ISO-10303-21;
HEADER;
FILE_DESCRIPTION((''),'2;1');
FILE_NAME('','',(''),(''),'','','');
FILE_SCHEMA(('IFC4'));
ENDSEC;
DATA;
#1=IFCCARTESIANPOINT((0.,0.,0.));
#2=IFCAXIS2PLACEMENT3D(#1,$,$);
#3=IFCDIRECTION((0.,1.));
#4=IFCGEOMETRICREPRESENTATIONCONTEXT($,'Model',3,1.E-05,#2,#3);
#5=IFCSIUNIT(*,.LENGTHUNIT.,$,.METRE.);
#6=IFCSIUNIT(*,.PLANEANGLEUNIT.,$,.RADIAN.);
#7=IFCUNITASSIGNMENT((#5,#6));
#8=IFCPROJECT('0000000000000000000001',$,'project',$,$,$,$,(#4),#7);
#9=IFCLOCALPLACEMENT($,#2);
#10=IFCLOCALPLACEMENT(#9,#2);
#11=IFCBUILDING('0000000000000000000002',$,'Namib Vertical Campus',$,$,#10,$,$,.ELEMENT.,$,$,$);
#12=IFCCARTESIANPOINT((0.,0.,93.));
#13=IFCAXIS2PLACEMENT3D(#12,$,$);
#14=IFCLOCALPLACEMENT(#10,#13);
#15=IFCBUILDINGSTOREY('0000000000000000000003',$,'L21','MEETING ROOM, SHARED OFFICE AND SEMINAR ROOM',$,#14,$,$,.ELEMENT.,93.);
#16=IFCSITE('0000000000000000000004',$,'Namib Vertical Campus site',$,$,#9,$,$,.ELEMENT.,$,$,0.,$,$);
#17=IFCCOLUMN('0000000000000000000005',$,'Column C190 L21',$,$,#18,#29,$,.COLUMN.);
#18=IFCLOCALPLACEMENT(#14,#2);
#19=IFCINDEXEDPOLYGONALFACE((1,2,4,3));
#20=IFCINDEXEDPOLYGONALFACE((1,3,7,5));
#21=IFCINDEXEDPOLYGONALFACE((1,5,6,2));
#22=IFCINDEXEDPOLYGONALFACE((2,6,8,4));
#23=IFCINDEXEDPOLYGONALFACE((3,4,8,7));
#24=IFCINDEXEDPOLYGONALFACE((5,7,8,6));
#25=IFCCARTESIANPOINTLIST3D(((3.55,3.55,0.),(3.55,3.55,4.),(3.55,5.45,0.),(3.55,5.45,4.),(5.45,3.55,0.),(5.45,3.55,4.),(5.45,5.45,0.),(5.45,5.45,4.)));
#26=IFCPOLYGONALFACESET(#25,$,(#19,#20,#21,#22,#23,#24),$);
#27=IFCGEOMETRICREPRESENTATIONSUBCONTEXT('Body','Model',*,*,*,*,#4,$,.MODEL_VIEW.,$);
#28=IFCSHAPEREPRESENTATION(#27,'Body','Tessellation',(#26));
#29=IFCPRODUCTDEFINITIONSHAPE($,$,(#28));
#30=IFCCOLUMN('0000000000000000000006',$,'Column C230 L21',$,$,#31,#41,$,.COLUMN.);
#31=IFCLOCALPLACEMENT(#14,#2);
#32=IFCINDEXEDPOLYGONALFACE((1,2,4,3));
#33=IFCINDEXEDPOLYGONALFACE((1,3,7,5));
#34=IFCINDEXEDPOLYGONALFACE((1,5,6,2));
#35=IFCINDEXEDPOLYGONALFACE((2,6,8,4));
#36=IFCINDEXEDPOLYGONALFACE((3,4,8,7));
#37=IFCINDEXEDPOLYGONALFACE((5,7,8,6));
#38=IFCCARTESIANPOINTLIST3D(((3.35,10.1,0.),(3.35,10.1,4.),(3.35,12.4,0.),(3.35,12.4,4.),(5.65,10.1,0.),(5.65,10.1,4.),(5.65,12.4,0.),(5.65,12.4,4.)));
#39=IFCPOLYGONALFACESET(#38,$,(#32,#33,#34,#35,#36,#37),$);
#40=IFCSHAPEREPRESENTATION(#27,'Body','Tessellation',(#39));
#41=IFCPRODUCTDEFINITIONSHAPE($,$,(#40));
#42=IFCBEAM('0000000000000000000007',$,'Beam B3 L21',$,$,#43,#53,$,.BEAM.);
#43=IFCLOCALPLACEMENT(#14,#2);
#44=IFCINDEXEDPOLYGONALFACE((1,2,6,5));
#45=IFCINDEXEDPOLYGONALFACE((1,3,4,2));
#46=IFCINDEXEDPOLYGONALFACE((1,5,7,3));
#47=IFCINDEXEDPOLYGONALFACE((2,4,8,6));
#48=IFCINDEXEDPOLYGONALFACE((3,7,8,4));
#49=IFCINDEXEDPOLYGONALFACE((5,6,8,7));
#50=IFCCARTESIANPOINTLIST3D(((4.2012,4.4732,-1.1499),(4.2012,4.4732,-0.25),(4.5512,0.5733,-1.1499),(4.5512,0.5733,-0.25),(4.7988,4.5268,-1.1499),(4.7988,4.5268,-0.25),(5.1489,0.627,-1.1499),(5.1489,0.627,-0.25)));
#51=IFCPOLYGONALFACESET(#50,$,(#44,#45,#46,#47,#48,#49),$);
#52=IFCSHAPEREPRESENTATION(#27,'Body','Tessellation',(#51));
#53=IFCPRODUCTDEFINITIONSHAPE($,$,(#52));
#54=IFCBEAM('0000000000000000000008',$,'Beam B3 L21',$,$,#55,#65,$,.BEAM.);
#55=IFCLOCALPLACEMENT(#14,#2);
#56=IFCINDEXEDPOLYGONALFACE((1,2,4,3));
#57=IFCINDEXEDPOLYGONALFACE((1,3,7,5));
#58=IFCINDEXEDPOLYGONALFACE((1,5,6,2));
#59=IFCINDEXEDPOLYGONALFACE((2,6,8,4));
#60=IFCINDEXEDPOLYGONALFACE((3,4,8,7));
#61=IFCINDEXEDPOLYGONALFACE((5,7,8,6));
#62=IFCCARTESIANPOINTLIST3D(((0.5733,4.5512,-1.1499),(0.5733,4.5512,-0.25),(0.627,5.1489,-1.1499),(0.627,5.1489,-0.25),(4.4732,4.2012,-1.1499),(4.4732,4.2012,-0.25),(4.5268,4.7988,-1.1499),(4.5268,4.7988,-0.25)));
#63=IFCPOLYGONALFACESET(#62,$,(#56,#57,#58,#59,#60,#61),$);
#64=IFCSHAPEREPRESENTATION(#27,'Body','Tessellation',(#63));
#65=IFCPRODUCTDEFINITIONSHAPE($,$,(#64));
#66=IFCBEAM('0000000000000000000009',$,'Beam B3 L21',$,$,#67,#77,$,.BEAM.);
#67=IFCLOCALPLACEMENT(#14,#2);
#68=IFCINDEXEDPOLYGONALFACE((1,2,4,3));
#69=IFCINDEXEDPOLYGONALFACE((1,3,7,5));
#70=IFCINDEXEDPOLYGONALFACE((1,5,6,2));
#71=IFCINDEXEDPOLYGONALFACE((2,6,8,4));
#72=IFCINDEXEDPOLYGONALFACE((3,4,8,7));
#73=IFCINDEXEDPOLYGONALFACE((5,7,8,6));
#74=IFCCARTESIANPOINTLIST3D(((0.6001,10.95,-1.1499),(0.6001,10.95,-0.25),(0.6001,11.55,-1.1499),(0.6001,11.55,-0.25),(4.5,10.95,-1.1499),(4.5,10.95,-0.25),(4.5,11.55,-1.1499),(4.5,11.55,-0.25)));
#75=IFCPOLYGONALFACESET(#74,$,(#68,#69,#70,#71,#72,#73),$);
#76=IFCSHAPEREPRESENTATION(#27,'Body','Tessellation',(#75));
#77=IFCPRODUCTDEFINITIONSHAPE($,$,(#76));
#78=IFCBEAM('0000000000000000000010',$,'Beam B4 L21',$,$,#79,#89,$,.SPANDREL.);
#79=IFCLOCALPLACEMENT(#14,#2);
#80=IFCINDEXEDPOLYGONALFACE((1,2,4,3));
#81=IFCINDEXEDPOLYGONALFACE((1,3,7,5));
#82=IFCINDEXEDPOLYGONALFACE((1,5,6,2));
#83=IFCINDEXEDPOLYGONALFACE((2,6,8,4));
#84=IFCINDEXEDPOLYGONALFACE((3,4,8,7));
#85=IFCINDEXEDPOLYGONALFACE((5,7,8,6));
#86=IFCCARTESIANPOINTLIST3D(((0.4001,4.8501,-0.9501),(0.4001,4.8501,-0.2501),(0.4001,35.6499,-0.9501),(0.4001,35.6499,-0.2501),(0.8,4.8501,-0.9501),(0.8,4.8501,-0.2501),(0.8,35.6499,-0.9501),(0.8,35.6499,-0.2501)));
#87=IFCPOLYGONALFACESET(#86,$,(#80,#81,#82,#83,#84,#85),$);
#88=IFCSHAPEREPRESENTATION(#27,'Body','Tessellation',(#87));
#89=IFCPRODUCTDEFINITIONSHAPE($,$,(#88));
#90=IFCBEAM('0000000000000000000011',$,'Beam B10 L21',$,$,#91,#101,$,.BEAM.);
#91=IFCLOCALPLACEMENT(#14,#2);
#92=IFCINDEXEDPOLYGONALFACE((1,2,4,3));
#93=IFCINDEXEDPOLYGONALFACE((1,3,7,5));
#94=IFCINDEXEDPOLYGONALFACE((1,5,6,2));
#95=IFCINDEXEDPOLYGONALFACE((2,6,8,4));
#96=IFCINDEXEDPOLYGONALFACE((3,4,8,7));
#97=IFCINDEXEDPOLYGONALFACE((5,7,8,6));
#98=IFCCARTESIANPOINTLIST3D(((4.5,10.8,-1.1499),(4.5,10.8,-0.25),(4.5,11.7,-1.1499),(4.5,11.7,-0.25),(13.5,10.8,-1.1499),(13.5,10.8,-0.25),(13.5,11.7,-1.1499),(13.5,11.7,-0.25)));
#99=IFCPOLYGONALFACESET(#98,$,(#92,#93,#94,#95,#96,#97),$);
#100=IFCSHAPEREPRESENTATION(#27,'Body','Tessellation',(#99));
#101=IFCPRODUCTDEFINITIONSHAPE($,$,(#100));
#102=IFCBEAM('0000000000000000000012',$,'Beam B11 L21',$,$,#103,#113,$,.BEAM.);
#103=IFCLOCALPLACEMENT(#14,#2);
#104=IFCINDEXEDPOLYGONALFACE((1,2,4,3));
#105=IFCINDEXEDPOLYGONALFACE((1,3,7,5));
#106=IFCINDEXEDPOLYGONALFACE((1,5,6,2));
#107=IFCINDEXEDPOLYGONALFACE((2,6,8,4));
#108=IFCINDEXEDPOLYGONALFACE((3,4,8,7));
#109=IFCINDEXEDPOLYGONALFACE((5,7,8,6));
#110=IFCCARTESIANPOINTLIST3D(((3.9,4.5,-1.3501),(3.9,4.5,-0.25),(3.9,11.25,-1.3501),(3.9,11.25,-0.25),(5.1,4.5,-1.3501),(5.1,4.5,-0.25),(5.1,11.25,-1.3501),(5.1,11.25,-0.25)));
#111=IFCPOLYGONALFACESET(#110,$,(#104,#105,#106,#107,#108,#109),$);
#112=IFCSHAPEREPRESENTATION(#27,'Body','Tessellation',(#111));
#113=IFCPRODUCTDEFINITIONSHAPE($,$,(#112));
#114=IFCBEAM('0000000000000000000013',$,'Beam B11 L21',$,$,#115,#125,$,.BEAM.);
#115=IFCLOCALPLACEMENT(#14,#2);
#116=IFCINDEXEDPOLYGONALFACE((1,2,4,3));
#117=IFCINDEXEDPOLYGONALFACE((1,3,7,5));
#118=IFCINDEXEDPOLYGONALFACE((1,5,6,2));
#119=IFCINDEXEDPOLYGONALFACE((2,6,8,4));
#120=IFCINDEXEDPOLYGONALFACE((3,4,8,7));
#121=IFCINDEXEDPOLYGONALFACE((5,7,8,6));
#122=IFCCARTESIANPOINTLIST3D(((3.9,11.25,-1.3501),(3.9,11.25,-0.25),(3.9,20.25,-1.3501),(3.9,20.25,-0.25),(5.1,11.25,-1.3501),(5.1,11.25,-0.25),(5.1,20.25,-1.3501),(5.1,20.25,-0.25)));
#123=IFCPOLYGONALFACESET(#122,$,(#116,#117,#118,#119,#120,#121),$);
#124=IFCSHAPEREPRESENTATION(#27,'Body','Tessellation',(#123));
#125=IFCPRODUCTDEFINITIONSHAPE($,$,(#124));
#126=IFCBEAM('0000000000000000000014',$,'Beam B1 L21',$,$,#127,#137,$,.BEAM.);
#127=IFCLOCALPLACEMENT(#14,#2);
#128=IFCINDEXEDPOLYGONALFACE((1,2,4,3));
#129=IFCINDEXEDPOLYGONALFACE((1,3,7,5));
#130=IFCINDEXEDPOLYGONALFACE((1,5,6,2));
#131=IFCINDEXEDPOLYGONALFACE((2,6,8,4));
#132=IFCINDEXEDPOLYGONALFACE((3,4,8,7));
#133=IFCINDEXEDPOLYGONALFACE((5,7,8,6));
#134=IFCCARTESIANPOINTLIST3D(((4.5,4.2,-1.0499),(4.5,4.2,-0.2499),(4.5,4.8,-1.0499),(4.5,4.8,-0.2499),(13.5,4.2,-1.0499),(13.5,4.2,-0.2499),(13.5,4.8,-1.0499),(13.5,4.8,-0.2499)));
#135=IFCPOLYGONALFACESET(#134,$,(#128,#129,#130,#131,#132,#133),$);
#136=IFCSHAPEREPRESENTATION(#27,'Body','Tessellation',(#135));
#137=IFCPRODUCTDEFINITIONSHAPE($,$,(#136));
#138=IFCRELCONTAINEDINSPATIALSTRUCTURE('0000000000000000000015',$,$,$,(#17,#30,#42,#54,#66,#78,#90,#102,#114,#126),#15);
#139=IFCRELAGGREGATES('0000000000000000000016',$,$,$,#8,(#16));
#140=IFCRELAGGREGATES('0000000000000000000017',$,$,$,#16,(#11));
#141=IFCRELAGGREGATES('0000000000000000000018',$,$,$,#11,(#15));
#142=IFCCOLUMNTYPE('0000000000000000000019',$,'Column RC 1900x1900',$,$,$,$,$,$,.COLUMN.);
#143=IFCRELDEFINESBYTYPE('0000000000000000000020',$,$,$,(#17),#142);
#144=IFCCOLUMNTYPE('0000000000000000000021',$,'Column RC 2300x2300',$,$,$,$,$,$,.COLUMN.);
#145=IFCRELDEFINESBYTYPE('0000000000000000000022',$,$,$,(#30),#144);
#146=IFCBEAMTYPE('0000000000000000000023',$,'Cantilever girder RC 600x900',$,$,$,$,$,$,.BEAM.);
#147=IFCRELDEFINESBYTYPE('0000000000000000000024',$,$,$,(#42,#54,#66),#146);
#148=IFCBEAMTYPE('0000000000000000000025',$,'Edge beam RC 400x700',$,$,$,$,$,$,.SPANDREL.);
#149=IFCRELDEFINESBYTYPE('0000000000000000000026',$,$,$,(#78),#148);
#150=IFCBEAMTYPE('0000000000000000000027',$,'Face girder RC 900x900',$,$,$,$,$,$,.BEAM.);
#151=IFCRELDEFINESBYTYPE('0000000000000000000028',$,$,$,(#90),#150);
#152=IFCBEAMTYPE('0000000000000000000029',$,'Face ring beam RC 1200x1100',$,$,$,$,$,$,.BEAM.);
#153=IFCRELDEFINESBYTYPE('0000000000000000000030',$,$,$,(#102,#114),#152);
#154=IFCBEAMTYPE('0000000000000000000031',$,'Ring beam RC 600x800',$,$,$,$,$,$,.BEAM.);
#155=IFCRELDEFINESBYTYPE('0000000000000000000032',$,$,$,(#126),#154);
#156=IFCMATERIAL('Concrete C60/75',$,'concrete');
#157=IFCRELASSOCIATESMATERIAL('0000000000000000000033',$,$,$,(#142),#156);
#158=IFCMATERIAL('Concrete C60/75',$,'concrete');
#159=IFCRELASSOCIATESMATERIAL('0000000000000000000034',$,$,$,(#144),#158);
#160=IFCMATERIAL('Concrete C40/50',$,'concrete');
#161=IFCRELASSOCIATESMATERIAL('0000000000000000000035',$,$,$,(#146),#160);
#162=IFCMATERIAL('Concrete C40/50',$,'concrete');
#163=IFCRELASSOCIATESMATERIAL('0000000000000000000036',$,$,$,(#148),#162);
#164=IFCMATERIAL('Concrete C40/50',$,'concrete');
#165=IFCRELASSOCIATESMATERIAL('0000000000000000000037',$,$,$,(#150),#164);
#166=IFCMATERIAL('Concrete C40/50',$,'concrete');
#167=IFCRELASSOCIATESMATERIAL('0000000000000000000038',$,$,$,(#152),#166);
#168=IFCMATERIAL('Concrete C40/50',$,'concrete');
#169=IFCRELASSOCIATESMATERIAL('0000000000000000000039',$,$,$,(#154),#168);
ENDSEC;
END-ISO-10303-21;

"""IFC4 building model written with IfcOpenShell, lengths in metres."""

from ifc_helpers import new_model, si_unit, direction, frame, origin, origin_2d, place, context, subcontext, project, spatial, rectangle, extrude, material, material_profile, profile_set, type_object, element, save


model = new_model("IFC4")

# Units and contexts
model_context = context("Model", 3, precision=1e-05, world=origin(), true_north=direction((0.0, 1.0)))
body_context = subcontext(model_context, "Body", "Model", "MODEL_VIEW")
ifc_project = project(units=[si_unit("LENGTHUNIT", "METRE"), si_unit("PLANEANGLEUNIT", "RADIAN")], contexts=[model_context])

# Site, building, storey
site_placement = place(None, origin())
site = spatial("IfcSite", under=ifc_project, at=site_placement, Name="Namib Vertical Campus site", CompositionType="ELEMENT", RefElevation=0.0)
building_placement = place(site_placement, origin())
building = spatial("IfcBuilding", under=site, at=building_placement, Name="Namib Vertical Campus", CompositionType="ELEMENT")
storey_placement = place(building_placement, frame((0.0, 0.0, 93.0)))
storey = spatial("IfcBuildingStorey", under=building, at=storey_placement, Name="L21", Description="MEETING ROOM, SHARED OFFICE AND SEMINAR ROOM", CompositionType="ELEMENT", Elevation=93.0)

# Columns
ifc_material_1 = material(Name="Concrete C60/75", Category="concrete")
ifc_material_profile_1 = material_profile(ifc_material_1, rectangle(XDim=1.8999, YDim=1.8999, at=origin_2d()))
ifc_profile_set_1 = profile_set([ifc_material_profile_1], Name="Concrete C60/75")
column_type_1 = type_object("IfcColumnType", Name="Column RC 1900x1900", PredefinedType="COLUMN", material=ifc_profile_set_1)
column_1_placement = place(storey_placement, frame((4.5, 4.5, 0.0), z_axis=(0.0, 0.0, 1.0), x_axis=(1.0, 0.0, 0.0)))
element("IfcColumn", 1, at=column_1_placement, inside=storey, type_object=column_type_1, Name="Column C190 L21", PredefinedType="COLUMN", context=body_context, shape_type="SweptSolid", body=[
    extrude(rectangle(XDim=1.8999, YDim=1.8999, at=origin_2d()), origin(), (0.0, 0.0, 1.0), 4.0),
])
ifc_material_2 = material(Name="Concrete C60/75", Category="concrete")
ifc_material_profile_2 = material_profile(ifc_material_2, rectangle(XDim=2.3, YDim=2.3, at=origin_2d()))
ifc_profile_set_2 = profile_set([ifc_material_profile_2], Name="Concrete C60/75")
column_type_2 = type_object("IfcColumnType", Name="Column RC 2300x2300", PredefinedType="COLUMN", material=ifc_profile_set_2)
column_2_placement = place(storey_placement, frame((4.5, 11.25, 0.0), z_axis=(0.0, 0.0, 1.0), x_axis=(1.0, 0.0, 0.0)))
element("IfcColumn", 2, at=column_2_placement, inside=storey, type_object=column_type_2, Name="Column C230 L21", PredefinedType="COLUMN", context=body_context, shape_type="SweptSolid", body=[
    extrude(rectangle(XDim=2.3, YDim=2.3, at=origin_2d()), origin(), (0.0, 0.0, 1.0), 4.0),
])

# Beams
ifc_material_3 = material(Name="Concrete C40/50", Category="concrete")
ifc_material_profile_3 = material_profile(ifc_material_3, rectangle(XDim=0.6001, YDim=0.8999, at=origin_2d()))
ifc_profile_set_3 = profile_set([ifc_material_profile_3], Name="Concrete C40/50")
beam_type_1 = type_object("IfcBeamType", Name="Cantilever girder RC 600x900", PredefinedType="BEAM", material=ifc_profile_set_3)
for number, where, z_axis, x_axis, name in (
    (3, (4.5, 4.5, -0.7), (0.089411, -0.995995, 0.0), (0.995995, 0.089411, 0.0), "Beam B3 L21"),
    (4, (4.5, 4.5, -0.7), (-0.995995, 0.089411, 0.0), (-0.089411, -0.995995, 0.0), "Beam B3 L21"),
):
    element("IfcBeam", number, at=place(storey_placement, frame(where, z_axis=z_axis, x_axis=x_axis)), inside=storey, type_object=beam_type_1, Name=name, PredefinedType="BEAM", context=body_context, shape_type="SweptSolid", body=[
        extrude(rectangle(XDim=0.6001, YDim=0.8999, at=origin_2d()), origin(), (0.0, 0.0, 1.0), 3.9155),
    ])
beam_1_placement = place(storey_placement, frame((4.5, 11.25, -0.7), z_axis=(-1.0, 0.0, 0.0), x_axis=(0.0, -1.0, 0.0)))
element("IfcBeam", 5, at=beam_1_placement, inside=storey, type_object=beam_type_1, Name="Beam B3 L21", PredefinedType="BEAM", context=body_context, shape_type="SweptSolid", body=[
    extrude(rectangle(XDim=0.6001, YDim=0.8999, at=origin_2d()), origin(), (0.0, 0.0, 1.0), 3.8999),
])
ifc_material_4 = material(Name="Concrete C40/50", Category="concrete")
ifc_material_profile_4 = material_profile(ifc_material_4, rectangle(XDim=0.3999, YDim=0.7, at=origin_2d()))
ifc_profile_set_4 = profile_set([ifc_material_profile_4], Name="Concrete C40/50")
beam_type_2 = type_object("IfcBeamType", Name="Edge beam RC 400x700", PredefinedType="SPANDREL", material=ifc_profile_set_4)
beam_2_placement = place(storey_placement, frame((0.6001, 4.8501, -0.6001), z_axis=(0.0, 1.0, 0.0), x_axis=(-1.0, 0.0, 0.0)))
element("IfcBeam", 6, at=beam_2_placement, inside=storey, type_object=beam_type_2, Name="Beam B4 L21", PredefinedType="SPANDREL", context=body_context, shape_type="SweptSolid", body=[
    extrude(rectangle(XDim=0.3999, YDim=0.7, at=origin_2d()), origin(), (0.0, 0.0, 1.0), 30.7998),
])
ifc_material_5 = material(Name="Concrete C40/50", Category="concrete")
ifc_material_profile_5 = material_profile(ifc_material_5, rectangle(XDim=0.8999, YDim=0.8999, at=origin_2d()))
ifc_profile_set_5 = profile_set([ifc_material_profile_5], Name="Concrete C40/50")
beam_type_3 = type_object("IfcBeamType", Name="Face girder RC 900x900", PredefinedType="BEAM", material=ifc_profile_set_5)
beam_3_placement = place(storey_placement, frame((4.5, 11.25, -0.7), z_axis=(1.0, 0.0, 0.0), x_axis=(0.0, 1.0, 0.0)))
element("IfcBeam", 7, at=beam_3_placement, inside=storey, type_object=beam_type_3, Name="Beam B10 L21", PredefinedType="BEAM", context=body_context, shape_type="SweptSolid", body=[
    extrude(rectangle(XDim=0.8999, YDim=0.8999, at=origin_2d()), origin(), (0.0, 0.0, 1.0), 9.0),
])
ifc_material_6 = material(Name="Concrete C40/50", Category="concrete")
ifc_material_profile_6 = material_profile(ifc_material_6, rectangle(XDim=1.2, YDim=1.1001, at=origin_2d()))
ifc_profile_set_6 = profile_set([ifc_material_profile_6], Name="Concrete C40/50")
beam_type_4 = type_object("IfcBeamType", Name="Face ring beam RC 1200x1100", PredefinedType="BEAM", material=ifc_profile_set_6)
beam_4_placement = place(storey_placement, frame((4.5, 4.5, -0.8), z_axis=(0.0, 1.0, 0.0), x_axis=(-1.0, 0.0, 0.0)))
element("IfcBeam", 8, at=beam_4_placement, inside=storey, type_object=beam_type_4, Name="Beam B11 L21", PredefinedType="BEAM", context=body_context, shape_type="SweptSolid", body=[
    extrude(rectangle(XDim=1.2, YDim=1.1001, at=origin_2d()), origin(), (0.0, 0.0, 1.0), 6.75),
])
beam_5_placement = place(storey_placement, frame((4.5, 11.25, -0.8), z_axis=(0.0, 1.0, 0.0), x_axis=(-1.0, 0.0, 0.0)))
element("IfcBeam", 9, at=beam_5_placement, inside=storey, type_object=beam_type_4, Name="Beam B11 L21", PredefinedType="BEAM", context=body_context, shape_type="SweptSolid", body=[
    extrude(rectangle(XDim=1.2, YDim=1.1001, at=origin_2d()), origin(), (0.0, 0.0, 1.0), 9.0),
])
ifc_material_7 = material(Name="Concrete C40/50", Category="concrete")
ifc_material_profile_7 = material_profile(ifc_material_7, rectangle(XDim=0.6001, YDim=0.8, at=origin_2d()))
ifc_profile_set_7 = profile_set([ifc_material_profile_7], Name="Concrete C40/50")
beam_type_5 = type_object("IfcBeamType", Name="Ring beam RC 600x800", PredefinedType="BEAM", material=ifc_profile_set_7)
beam_6_placement = place(storey_placement, frame((4.5, 4.5, -0.6499), z_axis=(1.0, 0.0, 0.0), x_axis=(0.0, 1.0, 0.0)))
element("IfcBeam", 10, at=beam_6_placement, inside=storey, type_object=beam_type_5, Name="Beam B1 L21", PredefinedType="BEAM", context=body_context, shape_type="SweptSolid", body=[
    extrude(rectangle(XDim=0.6001, YDim=0.8, at=origin_2d()), origin(), (0.0, 0.0, 1.0), 9.0),
])

save(model, "model.ifc")
